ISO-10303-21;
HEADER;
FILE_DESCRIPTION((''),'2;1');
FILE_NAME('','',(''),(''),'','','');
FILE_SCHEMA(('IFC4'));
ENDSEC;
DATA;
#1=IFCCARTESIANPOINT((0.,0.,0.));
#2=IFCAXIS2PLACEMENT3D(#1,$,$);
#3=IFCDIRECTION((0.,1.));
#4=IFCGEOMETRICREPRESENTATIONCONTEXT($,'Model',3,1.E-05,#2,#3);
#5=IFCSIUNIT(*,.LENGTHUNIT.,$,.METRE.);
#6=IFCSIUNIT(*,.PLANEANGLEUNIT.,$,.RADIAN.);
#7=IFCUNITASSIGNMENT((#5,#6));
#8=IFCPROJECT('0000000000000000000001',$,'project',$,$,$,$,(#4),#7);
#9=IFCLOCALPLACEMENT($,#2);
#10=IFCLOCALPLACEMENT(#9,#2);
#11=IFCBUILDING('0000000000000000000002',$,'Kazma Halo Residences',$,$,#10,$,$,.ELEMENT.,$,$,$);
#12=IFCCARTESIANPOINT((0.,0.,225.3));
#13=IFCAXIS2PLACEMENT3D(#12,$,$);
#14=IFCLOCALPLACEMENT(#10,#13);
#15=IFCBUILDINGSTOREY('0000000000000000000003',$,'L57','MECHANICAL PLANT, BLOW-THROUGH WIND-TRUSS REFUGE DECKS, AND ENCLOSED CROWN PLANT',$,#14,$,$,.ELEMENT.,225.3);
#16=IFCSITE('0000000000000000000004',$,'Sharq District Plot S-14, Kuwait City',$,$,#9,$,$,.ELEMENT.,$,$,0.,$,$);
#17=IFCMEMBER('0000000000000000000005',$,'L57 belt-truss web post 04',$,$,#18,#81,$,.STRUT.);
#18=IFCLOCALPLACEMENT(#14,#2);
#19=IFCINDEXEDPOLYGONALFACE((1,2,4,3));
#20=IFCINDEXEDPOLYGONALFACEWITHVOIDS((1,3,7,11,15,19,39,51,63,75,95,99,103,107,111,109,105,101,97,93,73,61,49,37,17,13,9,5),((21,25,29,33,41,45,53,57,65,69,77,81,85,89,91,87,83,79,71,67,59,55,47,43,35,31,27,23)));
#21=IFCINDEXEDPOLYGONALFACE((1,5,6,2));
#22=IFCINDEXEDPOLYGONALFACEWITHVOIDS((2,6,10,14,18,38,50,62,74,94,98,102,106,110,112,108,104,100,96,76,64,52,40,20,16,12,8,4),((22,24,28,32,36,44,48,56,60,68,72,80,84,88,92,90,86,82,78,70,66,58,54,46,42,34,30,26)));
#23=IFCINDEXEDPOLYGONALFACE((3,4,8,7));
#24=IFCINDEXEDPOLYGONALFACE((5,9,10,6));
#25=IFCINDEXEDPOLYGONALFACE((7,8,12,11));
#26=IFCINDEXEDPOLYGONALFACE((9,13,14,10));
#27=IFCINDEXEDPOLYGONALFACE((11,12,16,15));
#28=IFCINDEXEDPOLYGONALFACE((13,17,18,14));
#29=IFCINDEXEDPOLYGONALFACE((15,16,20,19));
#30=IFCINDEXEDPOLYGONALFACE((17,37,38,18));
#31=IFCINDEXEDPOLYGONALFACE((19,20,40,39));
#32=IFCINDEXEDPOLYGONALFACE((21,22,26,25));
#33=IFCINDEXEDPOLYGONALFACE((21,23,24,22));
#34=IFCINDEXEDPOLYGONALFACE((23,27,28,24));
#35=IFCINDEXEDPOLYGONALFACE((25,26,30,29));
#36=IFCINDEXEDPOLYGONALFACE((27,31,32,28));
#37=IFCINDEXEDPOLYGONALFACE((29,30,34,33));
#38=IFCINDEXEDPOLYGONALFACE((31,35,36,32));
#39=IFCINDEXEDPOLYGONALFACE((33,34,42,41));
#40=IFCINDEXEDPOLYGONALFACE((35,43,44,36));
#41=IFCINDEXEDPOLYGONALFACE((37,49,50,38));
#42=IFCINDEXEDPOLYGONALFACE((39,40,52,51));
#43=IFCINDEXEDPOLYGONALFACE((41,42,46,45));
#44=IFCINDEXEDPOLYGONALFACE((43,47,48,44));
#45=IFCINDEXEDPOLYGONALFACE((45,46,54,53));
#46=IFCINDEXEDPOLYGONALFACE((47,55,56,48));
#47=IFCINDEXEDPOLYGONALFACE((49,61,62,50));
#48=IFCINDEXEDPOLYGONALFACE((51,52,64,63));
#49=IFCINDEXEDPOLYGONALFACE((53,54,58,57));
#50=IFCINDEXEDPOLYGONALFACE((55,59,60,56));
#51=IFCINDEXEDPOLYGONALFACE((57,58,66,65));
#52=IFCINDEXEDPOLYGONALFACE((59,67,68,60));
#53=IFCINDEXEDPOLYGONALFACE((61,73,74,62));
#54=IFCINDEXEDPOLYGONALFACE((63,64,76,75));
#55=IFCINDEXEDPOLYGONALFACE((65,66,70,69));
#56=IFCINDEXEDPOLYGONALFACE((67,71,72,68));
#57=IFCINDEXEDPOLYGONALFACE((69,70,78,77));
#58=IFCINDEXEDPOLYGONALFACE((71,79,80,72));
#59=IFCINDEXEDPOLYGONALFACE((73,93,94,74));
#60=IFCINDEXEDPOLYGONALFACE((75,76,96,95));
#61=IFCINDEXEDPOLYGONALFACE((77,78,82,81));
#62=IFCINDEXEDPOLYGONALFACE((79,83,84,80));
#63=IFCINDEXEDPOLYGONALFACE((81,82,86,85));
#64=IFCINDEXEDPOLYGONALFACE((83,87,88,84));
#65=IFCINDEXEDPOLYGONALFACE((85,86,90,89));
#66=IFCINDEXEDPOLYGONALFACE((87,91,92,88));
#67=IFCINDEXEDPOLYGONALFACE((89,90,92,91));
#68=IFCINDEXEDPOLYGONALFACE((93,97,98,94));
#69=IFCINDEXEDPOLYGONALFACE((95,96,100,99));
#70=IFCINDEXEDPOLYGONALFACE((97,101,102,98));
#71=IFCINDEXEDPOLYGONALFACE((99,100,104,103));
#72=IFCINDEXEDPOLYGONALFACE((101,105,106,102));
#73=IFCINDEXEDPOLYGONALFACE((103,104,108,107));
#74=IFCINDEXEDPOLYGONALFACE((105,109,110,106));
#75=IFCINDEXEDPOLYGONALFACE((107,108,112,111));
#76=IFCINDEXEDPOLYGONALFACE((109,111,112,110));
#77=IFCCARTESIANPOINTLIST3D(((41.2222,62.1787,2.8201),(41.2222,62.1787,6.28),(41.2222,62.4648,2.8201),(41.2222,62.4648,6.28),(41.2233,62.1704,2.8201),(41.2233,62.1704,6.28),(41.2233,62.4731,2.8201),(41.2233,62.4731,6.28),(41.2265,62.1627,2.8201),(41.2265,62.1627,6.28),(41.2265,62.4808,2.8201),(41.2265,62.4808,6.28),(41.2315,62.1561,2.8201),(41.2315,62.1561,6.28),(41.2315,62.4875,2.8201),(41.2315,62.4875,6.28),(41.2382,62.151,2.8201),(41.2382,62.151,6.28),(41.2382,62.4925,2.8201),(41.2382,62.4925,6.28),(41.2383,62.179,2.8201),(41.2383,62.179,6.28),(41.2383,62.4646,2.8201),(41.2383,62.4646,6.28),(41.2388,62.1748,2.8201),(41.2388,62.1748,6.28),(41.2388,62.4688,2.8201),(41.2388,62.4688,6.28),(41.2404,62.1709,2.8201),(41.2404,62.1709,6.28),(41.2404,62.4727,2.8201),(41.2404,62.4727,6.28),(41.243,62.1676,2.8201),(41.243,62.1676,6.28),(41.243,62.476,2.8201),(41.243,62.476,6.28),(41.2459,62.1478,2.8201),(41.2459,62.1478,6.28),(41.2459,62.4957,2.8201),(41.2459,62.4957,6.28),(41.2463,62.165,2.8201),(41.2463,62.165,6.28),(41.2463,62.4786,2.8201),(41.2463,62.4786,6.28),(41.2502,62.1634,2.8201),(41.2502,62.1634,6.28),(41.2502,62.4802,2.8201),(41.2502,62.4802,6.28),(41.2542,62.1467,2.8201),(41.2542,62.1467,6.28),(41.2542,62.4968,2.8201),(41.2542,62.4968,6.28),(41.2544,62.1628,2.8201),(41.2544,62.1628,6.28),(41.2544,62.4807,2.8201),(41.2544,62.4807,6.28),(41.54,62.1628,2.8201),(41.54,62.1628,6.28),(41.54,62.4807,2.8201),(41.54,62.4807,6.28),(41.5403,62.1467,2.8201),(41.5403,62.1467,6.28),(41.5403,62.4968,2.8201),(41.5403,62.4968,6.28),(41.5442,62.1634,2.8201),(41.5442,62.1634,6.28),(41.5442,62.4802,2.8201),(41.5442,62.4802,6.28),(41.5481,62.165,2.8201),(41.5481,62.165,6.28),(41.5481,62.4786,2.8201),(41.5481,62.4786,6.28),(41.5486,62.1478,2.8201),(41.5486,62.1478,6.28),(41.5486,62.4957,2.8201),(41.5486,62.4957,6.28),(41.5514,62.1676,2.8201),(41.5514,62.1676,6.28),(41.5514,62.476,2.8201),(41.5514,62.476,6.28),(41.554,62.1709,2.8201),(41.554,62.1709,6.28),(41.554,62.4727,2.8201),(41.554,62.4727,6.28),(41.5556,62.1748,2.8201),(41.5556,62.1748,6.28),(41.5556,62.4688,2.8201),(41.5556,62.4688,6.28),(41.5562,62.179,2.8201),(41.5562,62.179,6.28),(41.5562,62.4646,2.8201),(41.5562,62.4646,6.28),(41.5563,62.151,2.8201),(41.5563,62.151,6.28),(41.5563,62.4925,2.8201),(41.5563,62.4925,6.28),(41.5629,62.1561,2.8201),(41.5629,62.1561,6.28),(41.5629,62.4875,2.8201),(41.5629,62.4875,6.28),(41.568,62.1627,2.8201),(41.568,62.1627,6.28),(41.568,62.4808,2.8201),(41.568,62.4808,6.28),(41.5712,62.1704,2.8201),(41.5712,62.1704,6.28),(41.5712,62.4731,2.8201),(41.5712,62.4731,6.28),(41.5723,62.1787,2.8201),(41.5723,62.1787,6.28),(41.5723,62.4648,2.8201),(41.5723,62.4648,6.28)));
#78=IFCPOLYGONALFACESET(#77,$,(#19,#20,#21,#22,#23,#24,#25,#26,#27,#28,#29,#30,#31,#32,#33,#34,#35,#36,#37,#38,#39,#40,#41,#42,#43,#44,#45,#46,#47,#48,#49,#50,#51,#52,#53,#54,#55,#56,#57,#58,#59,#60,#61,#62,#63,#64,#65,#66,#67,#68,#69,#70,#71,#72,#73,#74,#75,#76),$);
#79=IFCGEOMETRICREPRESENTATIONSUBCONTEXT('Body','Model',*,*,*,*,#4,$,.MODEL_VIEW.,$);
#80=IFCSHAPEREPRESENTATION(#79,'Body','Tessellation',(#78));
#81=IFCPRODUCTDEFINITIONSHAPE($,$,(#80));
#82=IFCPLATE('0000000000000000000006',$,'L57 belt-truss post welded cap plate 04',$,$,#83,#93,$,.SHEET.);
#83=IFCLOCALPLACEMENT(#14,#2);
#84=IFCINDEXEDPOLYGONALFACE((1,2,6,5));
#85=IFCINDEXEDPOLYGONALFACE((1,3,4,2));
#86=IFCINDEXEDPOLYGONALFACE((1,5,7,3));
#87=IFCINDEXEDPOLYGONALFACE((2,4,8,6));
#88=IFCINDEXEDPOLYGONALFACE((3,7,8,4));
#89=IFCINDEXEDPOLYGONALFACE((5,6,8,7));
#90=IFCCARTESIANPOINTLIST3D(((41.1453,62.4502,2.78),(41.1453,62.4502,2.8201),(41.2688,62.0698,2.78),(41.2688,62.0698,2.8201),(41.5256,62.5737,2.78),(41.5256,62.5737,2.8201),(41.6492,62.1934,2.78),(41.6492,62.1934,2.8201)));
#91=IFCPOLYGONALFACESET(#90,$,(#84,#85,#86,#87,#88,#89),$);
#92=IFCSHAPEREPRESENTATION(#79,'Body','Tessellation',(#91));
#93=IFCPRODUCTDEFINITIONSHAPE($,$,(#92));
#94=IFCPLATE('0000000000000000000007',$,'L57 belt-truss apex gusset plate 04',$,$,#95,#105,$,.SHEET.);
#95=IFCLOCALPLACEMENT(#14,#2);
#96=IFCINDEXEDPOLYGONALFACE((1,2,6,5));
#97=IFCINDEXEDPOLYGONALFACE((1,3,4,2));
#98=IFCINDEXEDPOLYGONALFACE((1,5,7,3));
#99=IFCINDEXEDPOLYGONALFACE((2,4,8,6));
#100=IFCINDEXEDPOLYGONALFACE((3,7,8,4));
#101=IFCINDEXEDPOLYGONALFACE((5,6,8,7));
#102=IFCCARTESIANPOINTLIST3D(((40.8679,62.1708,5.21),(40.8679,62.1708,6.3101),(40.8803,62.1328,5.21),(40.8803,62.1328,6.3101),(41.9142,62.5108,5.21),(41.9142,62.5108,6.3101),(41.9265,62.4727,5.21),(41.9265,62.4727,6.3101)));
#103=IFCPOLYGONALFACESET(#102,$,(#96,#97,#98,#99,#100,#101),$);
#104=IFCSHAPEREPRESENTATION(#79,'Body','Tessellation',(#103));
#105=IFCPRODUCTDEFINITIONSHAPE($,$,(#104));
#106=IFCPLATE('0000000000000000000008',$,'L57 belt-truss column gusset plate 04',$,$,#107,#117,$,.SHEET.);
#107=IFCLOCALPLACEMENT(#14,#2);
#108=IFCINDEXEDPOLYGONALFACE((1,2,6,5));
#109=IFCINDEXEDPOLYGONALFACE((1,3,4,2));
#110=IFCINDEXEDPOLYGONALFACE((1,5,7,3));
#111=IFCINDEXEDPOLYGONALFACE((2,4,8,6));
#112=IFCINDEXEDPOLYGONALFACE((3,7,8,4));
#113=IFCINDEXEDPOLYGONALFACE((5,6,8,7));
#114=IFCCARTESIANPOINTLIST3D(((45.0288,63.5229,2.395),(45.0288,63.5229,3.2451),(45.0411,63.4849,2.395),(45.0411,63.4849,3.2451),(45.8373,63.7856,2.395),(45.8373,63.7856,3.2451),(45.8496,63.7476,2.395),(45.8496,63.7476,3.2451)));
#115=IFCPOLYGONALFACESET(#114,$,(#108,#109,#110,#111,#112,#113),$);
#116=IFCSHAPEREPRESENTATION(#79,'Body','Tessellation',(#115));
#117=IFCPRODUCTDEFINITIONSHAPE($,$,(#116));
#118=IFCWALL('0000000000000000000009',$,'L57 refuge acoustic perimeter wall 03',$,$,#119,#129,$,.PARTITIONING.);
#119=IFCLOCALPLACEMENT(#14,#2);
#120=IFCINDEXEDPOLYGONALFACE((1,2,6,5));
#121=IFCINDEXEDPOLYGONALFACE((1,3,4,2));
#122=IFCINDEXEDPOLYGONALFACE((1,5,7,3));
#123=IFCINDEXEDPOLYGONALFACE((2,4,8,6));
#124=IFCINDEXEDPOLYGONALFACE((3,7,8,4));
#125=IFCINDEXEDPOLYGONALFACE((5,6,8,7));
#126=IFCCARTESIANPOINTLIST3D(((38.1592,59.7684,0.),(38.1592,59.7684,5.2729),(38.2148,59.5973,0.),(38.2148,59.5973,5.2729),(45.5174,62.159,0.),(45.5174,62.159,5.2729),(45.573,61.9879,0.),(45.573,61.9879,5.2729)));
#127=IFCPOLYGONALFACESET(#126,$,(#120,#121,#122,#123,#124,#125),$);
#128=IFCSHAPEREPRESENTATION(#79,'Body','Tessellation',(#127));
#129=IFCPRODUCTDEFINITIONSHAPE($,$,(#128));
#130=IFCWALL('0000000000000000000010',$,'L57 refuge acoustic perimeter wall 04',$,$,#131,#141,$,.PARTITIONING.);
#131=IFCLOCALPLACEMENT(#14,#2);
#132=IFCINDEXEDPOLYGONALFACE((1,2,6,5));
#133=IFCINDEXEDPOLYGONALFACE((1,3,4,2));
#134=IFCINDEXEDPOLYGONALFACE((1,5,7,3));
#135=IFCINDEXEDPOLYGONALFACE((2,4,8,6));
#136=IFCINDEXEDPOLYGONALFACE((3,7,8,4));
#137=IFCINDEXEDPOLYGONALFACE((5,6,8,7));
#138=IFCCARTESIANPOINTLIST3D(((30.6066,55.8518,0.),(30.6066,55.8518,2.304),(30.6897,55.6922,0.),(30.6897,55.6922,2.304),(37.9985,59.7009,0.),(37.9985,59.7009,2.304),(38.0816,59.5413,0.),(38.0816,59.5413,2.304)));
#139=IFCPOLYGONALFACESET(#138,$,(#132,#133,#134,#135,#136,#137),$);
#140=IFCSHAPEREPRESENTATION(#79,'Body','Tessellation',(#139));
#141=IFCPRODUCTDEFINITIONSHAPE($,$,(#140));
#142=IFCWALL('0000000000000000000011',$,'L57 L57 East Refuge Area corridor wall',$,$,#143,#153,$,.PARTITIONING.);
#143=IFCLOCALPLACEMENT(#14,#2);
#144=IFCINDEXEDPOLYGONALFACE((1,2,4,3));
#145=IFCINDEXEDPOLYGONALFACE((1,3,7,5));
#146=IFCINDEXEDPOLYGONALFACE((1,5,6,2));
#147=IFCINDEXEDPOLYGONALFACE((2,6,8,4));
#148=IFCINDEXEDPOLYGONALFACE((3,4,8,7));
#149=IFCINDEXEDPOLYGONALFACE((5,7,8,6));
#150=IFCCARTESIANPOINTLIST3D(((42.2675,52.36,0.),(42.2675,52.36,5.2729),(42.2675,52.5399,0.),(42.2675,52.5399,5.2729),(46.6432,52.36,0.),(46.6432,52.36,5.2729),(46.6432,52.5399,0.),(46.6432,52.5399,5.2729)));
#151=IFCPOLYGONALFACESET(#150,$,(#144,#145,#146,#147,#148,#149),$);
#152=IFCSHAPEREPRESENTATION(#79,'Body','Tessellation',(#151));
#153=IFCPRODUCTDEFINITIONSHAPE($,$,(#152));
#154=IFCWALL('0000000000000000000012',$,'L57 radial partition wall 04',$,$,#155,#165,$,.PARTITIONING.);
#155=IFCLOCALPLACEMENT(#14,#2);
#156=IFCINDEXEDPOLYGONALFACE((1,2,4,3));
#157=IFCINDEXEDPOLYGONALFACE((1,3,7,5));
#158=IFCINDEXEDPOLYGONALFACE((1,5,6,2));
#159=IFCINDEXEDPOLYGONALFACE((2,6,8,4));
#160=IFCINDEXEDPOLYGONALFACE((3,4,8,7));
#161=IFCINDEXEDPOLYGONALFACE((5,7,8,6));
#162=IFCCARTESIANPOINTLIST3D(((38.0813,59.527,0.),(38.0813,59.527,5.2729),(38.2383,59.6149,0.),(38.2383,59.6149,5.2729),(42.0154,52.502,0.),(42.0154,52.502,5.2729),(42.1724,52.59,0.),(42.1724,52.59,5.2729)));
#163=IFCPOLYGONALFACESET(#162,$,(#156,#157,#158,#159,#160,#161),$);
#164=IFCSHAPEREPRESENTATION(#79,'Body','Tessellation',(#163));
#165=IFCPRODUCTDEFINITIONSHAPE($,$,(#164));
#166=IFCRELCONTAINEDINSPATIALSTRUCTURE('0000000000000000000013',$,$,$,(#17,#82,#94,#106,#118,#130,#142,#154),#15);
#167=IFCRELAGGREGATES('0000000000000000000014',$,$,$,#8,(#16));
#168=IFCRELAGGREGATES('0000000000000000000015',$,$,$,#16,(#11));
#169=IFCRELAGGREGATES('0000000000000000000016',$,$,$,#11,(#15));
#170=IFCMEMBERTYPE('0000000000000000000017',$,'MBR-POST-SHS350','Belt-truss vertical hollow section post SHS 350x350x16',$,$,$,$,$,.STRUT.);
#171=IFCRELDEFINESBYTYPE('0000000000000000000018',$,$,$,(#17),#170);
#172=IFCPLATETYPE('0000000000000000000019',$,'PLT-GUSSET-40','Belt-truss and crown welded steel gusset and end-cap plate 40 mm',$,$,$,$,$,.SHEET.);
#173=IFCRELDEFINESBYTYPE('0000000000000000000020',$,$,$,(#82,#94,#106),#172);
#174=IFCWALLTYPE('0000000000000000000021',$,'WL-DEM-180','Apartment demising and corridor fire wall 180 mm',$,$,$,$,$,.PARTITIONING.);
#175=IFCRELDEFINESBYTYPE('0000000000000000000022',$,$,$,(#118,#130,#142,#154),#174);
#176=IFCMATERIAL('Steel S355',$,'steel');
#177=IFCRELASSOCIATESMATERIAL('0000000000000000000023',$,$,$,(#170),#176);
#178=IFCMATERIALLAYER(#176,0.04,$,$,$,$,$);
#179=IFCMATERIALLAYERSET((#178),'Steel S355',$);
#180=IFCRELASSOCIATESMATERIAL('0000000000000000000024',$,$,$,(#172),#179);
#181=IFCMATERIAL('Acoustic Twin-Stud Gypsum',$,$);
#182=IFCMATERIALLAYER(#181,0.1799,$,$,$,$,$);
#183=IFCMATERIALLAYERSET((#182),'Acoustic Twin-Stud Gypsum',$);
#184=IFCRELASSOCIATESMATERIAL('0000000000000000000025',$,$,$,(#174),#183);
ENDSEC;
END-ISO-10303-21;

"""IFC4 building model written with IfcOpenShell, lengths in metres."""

from ifc_helpers import new_model, si_unit, direction, frame, frame_2d, origin, origin_2d, place, context, subcontext, project, spatial, rectangle, hollow_rectangle, extrude, material, layer, layer_set, material_profile, profile_set, type_object, element, save


model = new_model("IFC4")

# Units and contexts
model_context = context("Model", 3, precision=1e-05, world=origin(), true_north=direction((0.0, 1.0)))
body_context = subcontext(model_context, "Body", "Model", "MODEL_VIEW")
ifc_project = project(units=[si_unit("LENGTHUNIT", "METRE"), si_unit("PLANEANGLEUNIT", "RADIAN")], contexts=[model_context])

# Site, building, storey
site_placement = place(None, origin())
site = spatial("IfcSite", under=ifc_project, at=site_placement, Name="Sharq District Plot S-14, Kuwait City", CompositionType="ELEMENT", RefElevation=0.0)
building_placement = place(site_placement, origin())
building = spatial("IfcBuilding", under=site, at=building_placement, Name="Kazma Halo Residences", CompositionType="ELEMENT")
storey_placement = place(building_placement, frame((0.0, 0.0, 225.3)))
storey = spatial("IfcBuildingStorey", under=building, at=storey_placement, Name="L57", Description="MECHANICAL PLANT, BLOW-THROUGH WIND-TRUSS REFUGE DECKS, AND ENCLOSED CROWN PLANT", CompositionType="ELEMENT", Elevation=225.3)

# Shared definitions
ifc_material_1 = material(Name="Steel S355", Category="steel")

# Member
ifc_material_profile_1 = material_profile(ifc_material_1, hollow_rectangle(XDim=0.3501, YDim=0.3501, WallThickness=0.0161, InnerFilletRadius=0.0161, OuterFilletRadius=0.032, at=origin_2d()), Name="SHS350x350x16")
ifc_profile_set_1 = profile_set([ifc_material_profile_1], Name="Steel S355")
member_type_1 = type_object("IfcMemberType", Name="MBR-POST-SHS350", Description="Belt-truss vertical hollow section post SHS 350x350x16", PredefinedType="STRUT", material=ifc_profile_set_1)
member_1_placement = place(storey_placement, frame((41.3972, 62.3218, 2.8201), z_axis=(0.0, 0.0, 1.0), x_axis=(1.0, 0.0, 0.0)))
element("IfcMember", 1, at=member_1_placement, inside=storey, type_object=member_type_1, Name="L57 belt-truss web post 04", PredefinedType="STRUT", context=body_context, shape_type="SweptSolid", body=[
    extrude(hollow_rectangle(XDim=0.3501, YDim=0.3501, WallThickness=0.0161, InnerFilletRadius=0.0161, OuterFilletRadius=0.032, at=origin_2d()), origin(), (0.0, 0.0, 1.0), 3.46),
])

# Plates
ifc_layer_1 = layer(ifc_material_1, 0.04)
ifc_layer_set_1 = layer_set([ifc_layer_1], Name="Steel S355")
plate_type = type_object("IfcPlateType", Name="PLT-GUSSET-40", Description="Belt-truss and crown welded steel gusset and end-cap plate 40 mm", PredefinedType="SHEET", material=ifc_layer_set_1)
plate_1_placement = place(storey_placement, frame((41.3972, 62.3218, 2.78), z_axis=(0.0, 0.0, 1.0), x_axis=(-0.951057, -0.309016, 0.0)))
element("IfcPlate", 2, at=plate_1_placement, inside=storey, type_object=plate_type, Name="L57 belt-truss post welded cap plate 04", PredefinedType="SHEET", context=body_context, shape_type="SweptSolid", body=[
    extrude(rectangle(XDim=0.3999, YDim=0.3999, at=origin_2d()), origin(), (0.0, 0.0, 1.0), 0.04),
])
plate_2_placement = place(storey_placement, frame((41.3972, 62.3218, 5.21), z_axis=(0.0, 0.0, 1.0), x_axis=(-0.951057, -0.309016, 0.0)))
element("IfcPlate", 3, at=plate_2_placement, inside=storey, type_object=plate_type, Name="L57 belt-truss apex gusset plate 04", PredefinedType="SHEET", context=body_context, shape_type="SweptSolid", body=[
    extrude(rectangle(XDim=1.1001, YDim=0.04, at=origin_2d()), origin(), (0.0, 0.0, 1.0), 1.1001),
])
plate_3_placement = place(storey_placement, frame((45.4392, 63.6353, 2.395), z_axis=(0.0, 0.0, 1.0), x_axis=(-0.951057, -0.309016, 0.0)))
element("IfcPlate", 4, at=plate_3_placement, inside=storey, type_object=plate_type, Name="L57 belt-truss column gusset plate 04", PredefinedType="SHEET", context=body_context, shape_type="SweptSolid", body=[
    extrude(rectangle(XDim=0.8501, YDim=0.04, at=origin_2d()), origin(), (0.0, 0.0, 1.0), 0.8501),
])

# Walls
ifc_material_2 = material(Name="Acoustic Twin-Stud Gypsum")
ifc_layer_2 = layer(ifc_material_2, 0.1799)
ifc_layer_set_2 = layer_set([ifc_layer_2], Name="Acoustic Twin-Stud Gypsum")
wall_type_1 = type_object("IfcWallType", Name="WL-DEM-180", Description="Apartment demising and corridor fire wall 180 mm", PredefinedType="PARTITIONING", material=ifc_layer_set_2)
wall_1_placement = place(storey_placement, frame((45.5452, 62.0735, 0.0), z_axis=(0.0, 0.0, 1.0), x_axis=(-0.951064, -0.308995, 0.0)))
element("IfcWall", 5, at=wall_1_placement, inside=storey, type_object=wall_type_1, Name="L57 refuge acoustic perimeter wall 03", PredefinedType="PARTITIONING", context=body_context, shape_type="SweptSolid", body=[
    extrude(rectangle(XDim=7.7368, YDim=0.1799, at=frame_2d((3.8684, 0.0))), origin(), (0.0, 0.0, 1.0), 5.2729),
])
wall_2_placement = place(storey_placement, frame((38.04, 59.6211, 0.0), z_axis=(0.0, 0.0, 1.0), x_axis=(-0.886953, -0.461859, 0.0)))
element("IfcWall", 6, at=wall_2_placement, inside=storey, type_object=wall_type_1, Name="L57 refuge acoustic perimeter wall 04", PredefinedType="PARTITIONING", context=body_context, shape_type="SweptSolid", body=[
    extrude(rectangle(XDim=8.334, YDim=0.1799, at=frame_2d((4.167, 0.0))), origin(), (0.0, 0.0, 1.0), 2.304),
])
wall_3_placement = place(storey_placement, frame((46.6433, 52.45, 0.0), z_axis=(0.0, 0.0, 1.0), x_axis=(-1.0, 0.0, 0.0)))
element("IfcWall", 7, at=wall_3_placement, inside=storey, type_object=wall_type_1, Name="L57 L57 East Refuge Area corridor wall", PredefinedType="PARTITIONING", context=body_context, shape_type="SweptSolid", body=[
    extrude(rectangle(XDim=4.3757, YDim=0.1799, at=frame_2d((2.188, 0.0))), origin(), (0.0, 0.0, 1.0), 5.2729),
])
wall_4_placement = place(storey_placement, frame((42.094, 52.5459, 0.0), z_axis=(0.0, 0.0, 1.0), x_axis=(-0.488616, 0.872499, 0.0)))
element("IfcWall", 8, at=wall_4_placement, inside=storey, type_object=wall_type_1, Name="L57 radial partition wall 04", PredefinedType="PARTITIONING", context=body_context, shape_type="SweptSolid", body=[
    extrude(rectangle(XDim=8.0515, YDim=0.1799, at=frame_2d((4.0259, 0.0))), origin(), (0.0, 0.0, 1.0), 5.2729),
])

save(model, "model.ifc")
